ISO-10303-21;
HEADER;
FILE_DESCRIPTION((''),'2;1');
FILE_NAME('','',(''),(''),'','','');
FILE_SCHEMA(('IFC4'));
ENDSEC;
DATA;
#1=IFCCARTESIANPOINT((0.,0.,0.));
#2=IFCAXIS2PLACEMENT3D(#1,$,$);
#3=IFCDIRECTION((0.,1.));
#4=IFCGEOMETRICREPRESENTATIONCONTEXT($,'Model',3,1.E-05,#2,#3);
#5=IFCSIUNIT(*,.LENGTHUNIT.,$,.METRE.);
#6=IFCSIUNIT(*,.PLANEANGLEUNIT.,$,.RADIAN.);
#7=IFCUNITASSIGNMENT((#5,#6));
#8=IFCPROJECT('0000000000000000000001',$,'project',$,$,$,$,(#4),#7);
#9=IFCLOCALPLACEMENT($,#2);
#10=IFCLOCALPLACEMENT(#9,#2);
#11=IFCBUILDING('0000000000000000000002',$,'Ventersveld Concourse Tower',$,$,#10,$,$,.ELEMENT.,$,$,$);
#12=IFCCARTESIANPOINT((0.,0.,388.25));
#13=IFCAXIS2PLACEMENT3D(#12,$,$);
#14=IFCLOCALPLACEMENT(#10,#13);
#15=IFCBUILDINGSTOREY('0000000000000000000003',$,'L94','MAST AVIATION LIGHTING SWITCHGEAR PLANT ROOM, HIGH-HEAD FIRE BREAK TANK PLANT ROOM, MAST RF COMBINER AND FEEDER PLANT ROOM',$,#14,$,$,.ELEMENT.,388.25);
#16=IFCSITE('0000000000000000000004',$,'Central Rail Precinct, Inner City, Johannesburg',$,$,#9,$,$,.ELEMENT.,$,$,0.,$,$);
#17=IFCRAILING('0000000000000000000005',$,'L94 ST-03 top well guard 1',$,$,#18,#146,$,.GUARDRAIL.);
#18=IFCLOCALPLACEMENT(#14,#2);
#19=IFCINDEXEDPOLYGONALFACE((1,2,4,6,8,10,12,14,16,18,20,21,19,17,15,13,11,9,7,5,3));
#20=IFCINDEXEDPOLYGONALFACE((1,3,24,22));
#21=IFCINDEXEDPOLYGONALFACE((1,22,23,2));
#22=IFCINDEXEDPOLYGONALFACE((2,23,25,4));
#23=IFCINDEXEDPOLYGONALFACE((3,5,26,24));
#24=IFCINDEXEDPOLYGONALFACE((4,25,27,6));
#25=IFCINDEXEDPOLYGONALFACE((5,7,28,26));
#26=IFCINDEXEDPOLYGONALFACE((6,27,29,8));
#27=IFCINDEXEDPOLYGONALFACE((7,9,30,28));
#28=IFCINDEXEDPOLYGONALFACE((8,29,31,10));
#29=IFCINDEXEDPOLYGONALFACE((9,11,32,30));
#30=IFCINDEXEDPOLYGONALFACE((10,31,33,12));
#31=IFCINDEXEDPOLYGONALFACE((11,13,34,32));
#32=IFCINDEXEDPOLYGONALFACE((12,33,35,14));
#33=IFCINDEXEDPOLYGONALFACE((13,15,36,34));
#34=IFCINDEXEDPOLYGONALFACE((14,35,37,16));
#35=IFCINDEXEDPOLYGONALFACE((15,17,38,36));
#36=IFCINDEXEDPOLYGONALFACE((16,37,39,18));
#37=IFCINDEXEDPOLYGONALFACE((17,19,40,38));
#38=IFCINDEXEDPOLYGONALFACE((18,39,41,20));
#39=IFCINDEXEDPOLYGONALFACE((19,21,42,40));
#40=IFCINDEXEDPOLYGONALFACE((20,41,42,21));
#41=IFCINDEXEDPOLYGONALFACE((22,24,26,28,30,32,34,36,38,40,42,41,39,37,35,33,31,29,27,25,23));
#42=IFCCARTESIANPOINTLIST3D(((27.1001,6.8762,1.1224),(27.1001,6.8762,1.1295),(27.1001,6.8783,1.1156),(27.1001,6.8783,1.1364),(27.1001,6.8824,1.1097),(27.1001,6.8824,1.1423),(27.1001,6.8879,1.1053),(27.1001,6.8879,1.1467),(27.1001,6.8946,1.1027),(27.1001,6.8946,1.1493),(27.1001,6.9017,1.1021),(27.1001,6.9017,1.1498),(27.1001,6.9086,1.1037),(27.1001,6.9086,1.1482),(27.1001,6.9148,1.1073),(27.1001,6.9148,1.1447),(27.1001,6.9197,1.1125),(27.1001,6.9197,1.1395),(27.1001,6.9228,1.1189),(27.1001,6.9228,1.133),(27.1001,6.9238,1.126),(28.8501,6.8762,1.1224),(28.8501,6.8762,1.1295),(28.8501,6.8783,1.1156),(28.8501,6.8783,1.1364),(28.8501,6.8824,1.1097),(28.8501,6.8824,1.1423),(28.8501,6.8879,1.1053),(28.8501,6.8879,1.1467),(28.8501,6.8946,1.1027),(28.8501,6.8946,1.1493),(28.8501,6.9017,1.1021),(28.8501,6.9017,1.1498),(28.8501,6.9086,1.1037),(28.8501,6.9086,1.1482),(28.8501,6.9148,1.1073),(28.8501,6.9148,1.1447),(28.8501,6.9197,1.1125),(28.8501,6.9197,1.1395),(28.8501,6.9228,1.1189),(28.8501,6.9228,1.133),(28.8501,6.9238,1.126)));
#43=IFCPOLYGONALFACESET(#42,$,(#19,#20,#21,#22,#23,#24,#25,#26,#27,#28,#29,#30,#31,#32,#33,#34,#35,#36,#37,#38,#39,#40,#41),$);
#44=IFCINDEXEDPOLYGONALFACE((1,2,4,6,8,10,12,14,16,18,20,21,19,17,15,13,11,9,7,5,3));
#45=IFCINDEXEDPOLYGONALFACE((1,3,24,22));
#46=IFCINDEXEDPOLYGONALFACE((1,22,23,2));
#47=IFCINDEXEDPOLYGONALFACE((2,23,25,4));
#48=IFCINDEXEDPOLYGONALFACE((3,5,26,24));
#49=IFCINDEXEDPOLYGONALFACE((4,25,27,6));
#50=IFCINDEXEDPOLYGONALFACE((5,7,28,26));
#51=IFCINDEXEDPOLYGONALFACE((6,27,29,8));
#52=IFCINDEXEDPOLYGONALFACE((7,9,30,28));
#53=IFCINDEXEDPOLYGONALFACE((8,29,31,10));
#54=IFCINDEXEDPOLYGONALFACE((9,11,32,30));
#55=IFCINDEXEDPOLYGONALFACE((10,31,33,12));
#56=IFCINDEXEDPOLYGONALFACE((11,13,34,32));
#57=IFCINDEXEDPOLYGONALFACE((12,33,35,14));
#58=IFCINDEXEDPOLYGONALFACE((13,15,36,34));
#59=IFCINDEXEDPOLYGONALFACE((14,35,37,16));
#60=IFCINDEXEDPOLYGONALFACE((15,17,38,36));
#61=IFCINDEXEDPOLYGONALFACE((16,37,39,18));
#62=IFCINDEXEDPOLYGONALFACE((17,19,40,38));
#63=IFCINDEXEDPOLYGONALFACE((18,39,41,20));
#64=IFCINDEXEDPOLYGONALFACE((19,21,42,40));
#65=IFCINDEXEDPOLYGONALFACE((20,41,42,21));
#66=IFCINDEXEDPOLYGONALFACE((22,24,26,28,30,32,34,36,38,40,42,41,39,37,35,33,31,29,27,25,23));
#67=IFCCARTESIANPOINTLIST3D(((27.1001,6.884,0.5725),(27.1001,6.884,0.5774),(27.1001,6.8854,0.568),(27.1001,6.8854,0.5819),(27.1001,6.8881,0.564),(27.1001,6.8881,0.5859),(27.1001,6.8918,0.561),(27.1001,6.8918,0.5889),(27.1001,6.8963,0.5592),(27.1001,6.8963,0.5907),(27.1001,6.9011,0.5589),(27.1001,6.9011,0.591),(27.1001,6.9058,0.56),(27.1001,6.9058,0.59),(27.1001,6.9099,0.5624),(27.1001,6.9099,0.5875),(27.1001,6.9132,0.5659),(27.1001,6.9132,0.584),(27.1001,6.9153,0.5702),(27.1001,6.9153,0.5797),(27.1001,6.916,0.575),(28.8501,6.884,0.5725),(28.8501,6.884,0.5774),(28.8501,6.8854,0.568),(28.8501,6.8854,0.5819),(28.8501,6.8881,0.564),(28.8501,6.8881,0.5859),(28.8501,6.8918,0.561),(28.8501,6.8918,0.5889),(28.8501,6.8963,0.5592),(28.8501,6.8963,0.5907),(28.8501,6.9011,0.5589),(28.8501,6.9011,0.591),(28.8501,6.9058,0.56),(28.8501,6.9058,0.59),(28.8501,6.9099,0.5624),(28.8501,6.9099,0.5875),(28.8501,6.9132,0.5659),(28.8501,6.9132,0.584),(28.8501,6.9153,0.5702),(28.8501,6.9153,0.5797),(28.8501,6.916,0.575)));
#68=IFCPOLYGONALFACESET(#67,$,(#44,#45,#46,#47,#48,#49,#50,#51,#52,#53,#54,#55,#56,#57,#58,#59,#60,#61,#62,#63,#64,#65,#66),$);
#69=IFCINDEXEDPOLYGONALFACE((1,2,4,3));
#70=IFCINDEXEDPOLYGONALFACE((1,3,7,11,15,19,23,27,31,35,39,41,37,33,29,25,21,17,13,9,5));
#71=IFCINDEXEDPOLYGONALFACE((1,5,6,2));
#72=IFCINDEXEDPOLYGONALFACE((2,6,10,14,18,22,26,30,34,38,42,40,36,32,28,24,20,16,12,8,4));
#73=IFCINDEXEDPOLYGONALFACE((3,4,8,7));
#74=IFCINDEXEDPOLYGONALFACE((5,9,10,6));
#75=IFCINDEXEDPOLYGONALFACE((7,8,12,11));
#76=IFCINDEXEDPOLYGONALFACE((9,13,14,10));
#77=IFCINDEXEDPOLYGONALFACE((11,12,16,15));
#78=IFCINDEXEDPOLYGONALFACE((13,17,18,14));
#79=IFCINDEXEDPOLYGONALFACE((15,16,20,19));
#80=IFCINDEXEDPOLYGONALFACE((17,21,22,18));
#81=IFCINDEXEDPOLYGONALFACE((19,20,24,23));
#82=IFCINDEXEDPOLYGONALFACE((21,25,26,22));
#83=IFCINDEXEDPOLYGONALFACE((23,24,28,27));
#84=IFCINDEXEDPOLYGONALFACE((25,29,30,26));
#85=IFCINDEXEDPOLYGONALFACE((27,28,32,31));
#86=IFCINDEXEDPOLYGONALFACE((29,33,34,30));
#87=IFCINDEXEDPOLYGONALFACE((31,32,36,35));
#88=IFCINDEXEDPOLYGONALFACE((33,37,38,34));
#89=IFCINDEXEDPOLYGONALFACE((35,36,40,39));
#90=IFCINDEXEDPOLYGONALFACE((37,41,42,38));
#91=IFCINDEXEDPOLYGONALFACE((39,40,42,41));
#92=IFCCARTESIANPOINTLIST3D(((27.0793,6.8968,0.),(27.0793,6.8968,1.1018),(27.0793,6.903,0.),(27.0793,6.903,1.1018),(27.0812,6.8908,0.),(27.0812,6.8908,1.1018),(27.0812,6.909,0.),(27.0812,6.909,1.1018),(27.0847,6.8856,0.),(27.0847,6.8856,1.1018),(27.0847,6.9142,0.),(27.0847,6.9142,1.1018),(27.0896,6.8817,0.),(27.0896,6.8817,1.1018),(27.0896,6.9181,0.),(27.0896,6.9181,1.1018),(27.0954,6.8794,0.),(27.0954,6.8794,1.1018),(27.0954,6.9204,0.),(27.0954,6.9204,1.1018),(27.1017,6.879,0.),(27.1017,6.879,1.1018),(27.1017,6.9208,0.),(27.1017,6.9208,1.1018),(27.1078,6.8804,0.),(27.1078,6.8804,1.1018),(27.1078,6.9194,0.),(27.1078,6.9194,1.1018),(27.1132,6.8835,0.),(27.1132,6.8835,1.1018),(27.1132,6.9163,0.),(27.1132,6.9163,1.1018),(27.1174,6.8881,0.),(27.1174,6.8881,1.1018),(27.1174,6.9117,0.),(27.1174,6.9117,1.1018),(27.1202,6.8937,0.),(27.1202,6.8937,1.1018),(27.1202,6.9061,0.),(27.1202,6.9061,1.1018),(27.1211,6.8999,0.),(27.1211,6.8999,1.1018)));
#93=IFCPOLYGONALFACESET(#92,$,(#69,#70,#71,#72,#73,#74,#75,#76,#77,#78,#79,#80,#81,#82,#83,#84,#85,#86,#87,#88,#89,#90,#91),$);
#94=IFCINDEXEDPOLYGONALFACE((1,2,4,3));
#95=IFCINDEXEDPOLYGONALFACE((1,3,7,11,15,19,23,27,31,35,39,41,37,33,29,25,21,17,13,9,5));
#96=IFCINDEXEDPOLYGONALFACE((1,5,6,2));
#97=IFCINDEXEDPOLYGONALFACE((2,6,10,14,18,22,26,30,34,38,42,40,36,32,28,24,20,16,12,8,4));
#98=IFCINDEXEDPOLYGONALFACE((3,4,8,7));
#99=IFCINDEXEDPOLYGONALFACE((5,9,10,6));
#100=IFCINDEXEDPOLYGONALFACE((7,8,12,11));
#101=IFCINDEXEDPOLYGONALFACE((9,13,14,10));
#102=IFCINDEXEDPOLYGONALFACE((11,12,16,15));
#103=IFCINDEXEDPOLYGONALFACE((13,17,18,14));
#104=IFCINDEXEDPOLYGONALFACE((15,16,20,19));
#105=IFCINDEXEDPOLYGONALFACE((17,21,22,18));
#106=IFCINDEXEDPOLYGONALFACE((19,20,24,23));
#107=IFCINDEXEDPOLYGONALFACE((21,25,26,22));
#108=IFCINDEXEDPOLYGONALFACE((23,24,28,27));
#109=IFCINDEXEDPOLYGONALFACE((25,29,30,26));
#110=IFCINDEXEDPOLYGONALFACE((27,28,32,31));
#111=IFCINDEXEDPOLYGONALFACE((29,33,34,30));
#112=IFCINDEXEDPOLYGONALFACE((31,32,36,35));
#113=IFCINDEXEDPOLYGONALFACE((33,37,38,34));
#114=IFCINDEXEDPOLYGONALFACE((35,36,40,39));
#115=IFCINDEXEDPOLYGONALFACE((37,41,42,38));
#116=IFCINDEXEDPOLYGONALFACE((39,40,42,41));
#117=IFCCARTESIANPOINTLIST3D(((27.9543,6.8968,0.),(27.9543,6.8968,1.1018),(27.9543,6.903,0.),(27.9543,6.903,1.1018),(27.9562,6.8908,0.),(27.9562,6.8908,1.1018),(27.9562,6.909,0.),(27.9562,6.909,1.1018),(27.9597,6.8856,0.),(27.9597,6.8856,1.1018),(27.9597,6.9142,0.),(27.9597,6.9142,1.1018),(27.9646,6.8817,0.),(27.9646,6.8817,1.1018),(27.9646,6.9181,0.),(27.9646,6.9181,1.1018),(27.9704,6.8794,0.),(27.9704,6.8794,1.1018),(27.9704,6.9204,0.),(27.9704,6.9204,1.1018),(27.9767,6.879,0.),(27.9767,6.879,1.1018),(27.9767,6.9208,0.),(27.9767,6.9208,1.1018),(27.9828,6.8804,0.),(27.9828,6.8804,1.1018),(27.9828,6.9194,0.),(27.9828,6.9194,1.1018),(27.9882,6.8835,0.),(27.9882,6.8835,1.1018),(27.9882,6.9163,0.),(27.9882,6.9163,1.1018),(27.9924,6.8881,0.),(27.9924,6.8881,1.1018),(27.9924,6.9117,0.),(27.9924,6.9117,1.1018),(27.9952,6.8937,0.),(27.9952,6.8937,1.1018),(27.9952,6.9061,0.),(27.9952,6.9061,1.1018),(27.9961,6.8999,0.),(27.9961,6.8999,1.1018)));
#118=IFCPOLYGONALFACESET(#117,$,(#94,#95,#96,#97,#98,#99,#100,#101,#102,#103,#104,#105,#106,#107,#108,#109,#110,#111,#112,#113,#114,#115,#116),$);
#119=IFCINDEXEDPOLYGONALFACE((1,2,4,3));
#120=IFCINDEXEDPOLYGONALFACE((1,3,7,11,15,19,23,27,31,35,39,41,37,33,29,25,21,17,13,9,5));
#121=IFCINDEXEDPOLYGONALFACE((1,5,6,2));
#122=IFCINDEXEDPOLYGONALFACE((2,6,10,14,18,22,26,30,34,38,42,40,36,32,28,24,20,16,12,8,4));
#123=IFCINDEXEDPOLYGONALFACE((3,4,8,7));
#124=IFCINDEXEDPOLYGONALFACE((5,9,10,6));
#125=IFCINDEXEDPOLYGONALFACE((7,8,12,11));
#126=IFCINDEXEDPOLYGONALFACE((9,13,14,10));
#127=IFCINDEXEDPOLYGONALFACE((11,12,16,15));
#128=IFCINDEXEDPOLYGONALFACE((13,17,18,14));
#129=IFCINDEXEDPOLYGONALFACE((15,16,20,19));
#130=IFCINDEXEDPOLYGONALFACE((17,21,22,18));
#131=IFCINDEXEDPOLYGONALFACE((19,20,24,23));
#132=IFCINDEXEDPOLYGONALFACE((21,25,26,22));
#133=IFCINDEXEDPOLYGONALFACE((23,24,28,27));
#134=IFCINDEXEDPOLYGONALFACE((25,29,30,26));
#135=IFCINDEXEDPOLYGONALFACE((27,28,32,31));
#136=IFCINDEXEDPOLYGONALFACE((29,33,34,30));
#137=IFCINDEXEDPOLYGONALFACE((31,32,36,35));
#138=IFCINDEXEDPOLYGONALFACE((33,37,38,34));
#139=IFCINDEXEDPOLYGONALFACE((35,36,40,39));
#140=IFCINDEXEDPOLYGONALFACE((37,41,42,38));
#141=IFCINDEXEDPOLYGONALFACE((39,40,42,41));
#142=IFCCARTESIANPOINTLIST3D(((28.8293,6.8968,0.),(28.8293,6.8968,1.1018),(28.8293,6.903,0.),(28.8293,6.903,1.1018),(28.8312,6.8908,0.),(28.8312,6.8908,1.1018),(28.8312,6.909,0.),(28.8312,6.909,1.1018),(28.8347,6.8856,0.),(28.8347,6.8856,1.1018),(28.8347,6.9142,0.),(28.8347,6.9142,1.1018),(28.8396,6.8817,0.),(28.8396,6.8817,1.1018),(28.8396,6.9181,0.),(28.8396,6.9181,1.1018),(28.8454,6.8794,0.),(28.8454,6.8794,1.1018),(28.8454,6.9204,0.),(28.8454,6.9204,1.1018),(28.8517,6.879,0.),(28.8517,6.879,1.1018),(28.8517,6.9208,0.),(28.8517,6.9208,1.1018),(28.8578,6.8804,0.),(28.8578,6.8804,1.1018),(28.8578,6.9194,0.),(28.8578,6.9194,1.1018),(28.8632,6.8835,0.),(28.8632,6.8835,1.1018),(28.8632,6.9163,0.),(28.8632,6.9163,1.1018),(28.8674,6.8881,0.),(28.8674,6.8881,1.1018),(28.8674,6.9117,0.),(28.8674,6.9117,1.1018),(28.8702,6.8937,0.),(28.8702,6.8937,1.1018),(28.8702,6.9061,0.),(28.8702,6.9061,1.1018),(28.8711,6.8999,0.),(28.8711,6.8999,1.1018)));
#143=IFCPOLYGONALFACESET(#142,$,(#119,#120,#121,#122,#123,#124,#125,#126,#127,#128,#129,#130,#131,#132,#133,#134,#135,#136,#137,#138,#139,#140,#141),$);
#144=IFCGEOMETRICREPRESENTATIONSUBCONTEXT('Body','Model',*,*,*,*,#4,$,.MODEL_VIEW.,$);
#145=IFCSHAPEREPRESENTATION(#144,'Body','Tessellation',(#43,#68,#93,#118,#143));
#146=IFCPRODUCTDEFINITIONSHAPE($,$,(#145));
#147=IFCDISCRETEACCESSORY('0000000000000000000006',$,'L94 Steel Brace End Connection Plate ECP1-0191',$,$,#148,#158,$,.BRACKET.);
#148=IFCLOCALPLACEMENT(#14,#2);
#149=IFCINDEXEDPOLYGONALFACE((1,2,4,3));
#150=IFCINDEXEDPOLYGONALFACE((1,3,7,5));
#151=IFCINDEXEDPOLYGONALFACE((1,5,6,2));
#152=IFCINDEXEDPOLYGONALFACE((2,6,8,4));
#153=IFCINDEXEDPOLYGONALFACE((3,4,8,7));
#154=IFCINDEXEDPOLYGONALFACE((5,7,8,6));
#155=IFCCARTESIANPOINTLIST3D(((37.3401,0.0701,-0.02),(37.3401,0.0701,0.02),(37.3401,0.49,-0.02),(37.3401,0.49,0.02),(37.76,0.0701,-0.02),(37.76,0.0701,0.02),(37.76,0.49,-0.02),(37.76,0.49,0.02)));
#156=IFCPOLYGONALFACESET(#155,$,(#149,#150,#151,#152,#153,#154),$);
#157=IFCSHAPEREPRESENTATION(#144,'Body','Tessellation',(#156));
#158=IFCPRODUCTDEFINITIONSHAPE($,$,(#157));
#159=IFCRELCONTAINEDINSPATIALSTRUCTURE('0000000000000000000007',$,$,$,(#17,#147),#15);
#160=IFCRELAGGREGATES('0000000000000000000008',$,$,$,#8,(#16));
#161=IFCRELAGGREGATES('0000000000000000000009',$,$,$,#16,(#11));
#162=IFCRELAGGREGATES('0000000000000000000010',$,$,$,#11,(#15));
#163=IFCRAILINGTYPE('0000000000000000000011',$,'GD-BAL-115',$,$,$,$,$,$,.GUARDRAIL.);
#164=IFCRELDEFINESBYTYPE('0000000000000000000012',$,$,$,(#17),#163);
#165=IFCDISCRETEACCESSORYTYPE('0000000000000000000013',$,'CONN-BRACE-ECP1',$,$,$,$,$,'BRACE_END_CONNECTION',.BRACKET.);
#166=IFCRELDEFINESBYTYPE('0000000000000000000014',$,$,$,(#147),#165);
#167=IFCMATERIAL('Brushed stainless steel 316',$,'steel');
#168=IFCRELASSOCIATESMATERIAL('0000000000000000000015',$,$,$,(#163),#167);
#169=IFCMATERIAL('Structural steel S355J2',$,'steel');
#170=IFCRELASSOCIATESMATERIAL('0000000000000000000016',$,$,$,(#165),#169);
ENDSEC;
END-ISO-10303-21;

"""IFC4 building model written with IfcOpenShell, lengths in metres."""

from ifc_helpers import new_model, si_unit, direction, frame, origin, origin_2d, place, context, subcontext, project, spatial, rectangle, circle, extrude, material, type_object, element, save


model = new_model("IFC4")

# Units and contexts
model_context = context("Model", 3, precision=1e-05, world=origin(), true_north=direction((0.0, 1.0)))
body_context = subcontext(model_context, "Body", "Model", "MODEL_VIEW")
ifc_project = project(units=[si_unit("LENGTHUNIT", "METRE"), si_unit("PLANEANGLEUNIT", "RADIAN")], contexts=[model_context])

# Site, building, storey
site_placement = place(None, origin())
site = spatial("IfcSite", under=ifc_project, at=site_placement, Name="Central Rail Precinct, Inner City, Johannesburg", CompositionType="ELEMENT", RefElevation=0.0)
building_placement = place(site_placement, origin())
building = spatial("IfcBuilding", under=site, at=building_placement, Name="Ventersveld Concourse Tower", CompositionType="ELEMENT")
storey_placement = place(building_placement, frame((0.0, 0.0, 388.25)))
storey = spatial("IfcBuildingStorey", under=building, at=storey_placement, Name="L94", Description="MAST AVIATION LIGHTING SWITCHGEAR PLANT ROOM, HIGH-HEAD FIRE BREAK TANK PLANT ROOM, MAST RF COMBINER AND FEEDER PLANT ROOM", CompositionType="ELEMENT", Elevation=388.25)

# Shared definitions
ifc_material_1 = material(Name="Structural steel S355J2", Category="steel")

# Shared definitions
ifc_material_2 = material(Name="Brushed stainless steel 316", Category="steel")

# Railing
railing_type = type_object("IfcRailingType", Name="GD-BAL-115", PredefinedType="GUARDRAIL", material=ifc_material_2)
railing_placement = place(storey_placement, frame((27.1001, 6.8999, 0.0)))
element("IfcRailing", 1, at=railing_placement, inside=storey, type_object=railing_type, Name="L94 ST-03 top well guard 1", PredefinedType="GUARDRAIL", context=body_context, shape_type="SweptSolid", body=[
    extrude(circle(Radius=0.0239, at=origin_2d()), frame((0.0, 0.0, 1.126), z_axis=(1.0, 0.0, 0.0), x_axis=(0.0, 1.0, 0.0)), (0.0, 0.0, 1.0), 1.75),
    extrude(circle(Radius=0.0161, at=origin_2d()), frame((0.0, 0.0, 0.575), z_axis=(1.0, 0.0, 0.0), x_axis=(0.0, 1.0, 0.0)), (0.0, 0.0, 1.0), 1.75),
    extrude(circle(Radius=0.021, at=origin_2d()), origin(), (0.0, 0.0, 1.0), 1.1018),
    extrude(circle(Radius=0.021, at=origin_2d()), frame((0.875, 0.0, 0.0)), (0.0, 0.0, 1.0), 1.1018),
    extrude(circle(Radius=0.021, at=origin_2d()), frame((1.75, 0.0, 0.0)), (0.0, 0.0, 1.0), 1.1018),
])

# Discrete accessory
discrete_accessory_type = type_object("IfcDiscreteAccessoryType", Name="CONN-BRACE-ECP1", ElementType="BRACE_END_CONNECTION", PredefinedType="BRACKET", material=ifc_material_1)
discrete_accessory_placement = place(storey_placement, frame((37.55, 0.28, -0.02), z_axis=(0.0, 0.0, 1.0), x_axis=(1.0, 0.0, 0.0)))
element("IfcDiscreteAccessory", 2, at=discrete_accessory_placement, inside=storey, type_object=discrete_accessory_type, Name="L94 Steel Brace End Connection Plate ECP1-0191", PredefinedType="BRACKET", context=body_context, shape_type="SweptSolid", body=[
    extrude(rectangle(XDim=0.4199, YDim=0.4199, at=origin_2d()), origin(), (0.0, 0.0, 1.0), 0.04),
])

save(model, "model.ifc")
